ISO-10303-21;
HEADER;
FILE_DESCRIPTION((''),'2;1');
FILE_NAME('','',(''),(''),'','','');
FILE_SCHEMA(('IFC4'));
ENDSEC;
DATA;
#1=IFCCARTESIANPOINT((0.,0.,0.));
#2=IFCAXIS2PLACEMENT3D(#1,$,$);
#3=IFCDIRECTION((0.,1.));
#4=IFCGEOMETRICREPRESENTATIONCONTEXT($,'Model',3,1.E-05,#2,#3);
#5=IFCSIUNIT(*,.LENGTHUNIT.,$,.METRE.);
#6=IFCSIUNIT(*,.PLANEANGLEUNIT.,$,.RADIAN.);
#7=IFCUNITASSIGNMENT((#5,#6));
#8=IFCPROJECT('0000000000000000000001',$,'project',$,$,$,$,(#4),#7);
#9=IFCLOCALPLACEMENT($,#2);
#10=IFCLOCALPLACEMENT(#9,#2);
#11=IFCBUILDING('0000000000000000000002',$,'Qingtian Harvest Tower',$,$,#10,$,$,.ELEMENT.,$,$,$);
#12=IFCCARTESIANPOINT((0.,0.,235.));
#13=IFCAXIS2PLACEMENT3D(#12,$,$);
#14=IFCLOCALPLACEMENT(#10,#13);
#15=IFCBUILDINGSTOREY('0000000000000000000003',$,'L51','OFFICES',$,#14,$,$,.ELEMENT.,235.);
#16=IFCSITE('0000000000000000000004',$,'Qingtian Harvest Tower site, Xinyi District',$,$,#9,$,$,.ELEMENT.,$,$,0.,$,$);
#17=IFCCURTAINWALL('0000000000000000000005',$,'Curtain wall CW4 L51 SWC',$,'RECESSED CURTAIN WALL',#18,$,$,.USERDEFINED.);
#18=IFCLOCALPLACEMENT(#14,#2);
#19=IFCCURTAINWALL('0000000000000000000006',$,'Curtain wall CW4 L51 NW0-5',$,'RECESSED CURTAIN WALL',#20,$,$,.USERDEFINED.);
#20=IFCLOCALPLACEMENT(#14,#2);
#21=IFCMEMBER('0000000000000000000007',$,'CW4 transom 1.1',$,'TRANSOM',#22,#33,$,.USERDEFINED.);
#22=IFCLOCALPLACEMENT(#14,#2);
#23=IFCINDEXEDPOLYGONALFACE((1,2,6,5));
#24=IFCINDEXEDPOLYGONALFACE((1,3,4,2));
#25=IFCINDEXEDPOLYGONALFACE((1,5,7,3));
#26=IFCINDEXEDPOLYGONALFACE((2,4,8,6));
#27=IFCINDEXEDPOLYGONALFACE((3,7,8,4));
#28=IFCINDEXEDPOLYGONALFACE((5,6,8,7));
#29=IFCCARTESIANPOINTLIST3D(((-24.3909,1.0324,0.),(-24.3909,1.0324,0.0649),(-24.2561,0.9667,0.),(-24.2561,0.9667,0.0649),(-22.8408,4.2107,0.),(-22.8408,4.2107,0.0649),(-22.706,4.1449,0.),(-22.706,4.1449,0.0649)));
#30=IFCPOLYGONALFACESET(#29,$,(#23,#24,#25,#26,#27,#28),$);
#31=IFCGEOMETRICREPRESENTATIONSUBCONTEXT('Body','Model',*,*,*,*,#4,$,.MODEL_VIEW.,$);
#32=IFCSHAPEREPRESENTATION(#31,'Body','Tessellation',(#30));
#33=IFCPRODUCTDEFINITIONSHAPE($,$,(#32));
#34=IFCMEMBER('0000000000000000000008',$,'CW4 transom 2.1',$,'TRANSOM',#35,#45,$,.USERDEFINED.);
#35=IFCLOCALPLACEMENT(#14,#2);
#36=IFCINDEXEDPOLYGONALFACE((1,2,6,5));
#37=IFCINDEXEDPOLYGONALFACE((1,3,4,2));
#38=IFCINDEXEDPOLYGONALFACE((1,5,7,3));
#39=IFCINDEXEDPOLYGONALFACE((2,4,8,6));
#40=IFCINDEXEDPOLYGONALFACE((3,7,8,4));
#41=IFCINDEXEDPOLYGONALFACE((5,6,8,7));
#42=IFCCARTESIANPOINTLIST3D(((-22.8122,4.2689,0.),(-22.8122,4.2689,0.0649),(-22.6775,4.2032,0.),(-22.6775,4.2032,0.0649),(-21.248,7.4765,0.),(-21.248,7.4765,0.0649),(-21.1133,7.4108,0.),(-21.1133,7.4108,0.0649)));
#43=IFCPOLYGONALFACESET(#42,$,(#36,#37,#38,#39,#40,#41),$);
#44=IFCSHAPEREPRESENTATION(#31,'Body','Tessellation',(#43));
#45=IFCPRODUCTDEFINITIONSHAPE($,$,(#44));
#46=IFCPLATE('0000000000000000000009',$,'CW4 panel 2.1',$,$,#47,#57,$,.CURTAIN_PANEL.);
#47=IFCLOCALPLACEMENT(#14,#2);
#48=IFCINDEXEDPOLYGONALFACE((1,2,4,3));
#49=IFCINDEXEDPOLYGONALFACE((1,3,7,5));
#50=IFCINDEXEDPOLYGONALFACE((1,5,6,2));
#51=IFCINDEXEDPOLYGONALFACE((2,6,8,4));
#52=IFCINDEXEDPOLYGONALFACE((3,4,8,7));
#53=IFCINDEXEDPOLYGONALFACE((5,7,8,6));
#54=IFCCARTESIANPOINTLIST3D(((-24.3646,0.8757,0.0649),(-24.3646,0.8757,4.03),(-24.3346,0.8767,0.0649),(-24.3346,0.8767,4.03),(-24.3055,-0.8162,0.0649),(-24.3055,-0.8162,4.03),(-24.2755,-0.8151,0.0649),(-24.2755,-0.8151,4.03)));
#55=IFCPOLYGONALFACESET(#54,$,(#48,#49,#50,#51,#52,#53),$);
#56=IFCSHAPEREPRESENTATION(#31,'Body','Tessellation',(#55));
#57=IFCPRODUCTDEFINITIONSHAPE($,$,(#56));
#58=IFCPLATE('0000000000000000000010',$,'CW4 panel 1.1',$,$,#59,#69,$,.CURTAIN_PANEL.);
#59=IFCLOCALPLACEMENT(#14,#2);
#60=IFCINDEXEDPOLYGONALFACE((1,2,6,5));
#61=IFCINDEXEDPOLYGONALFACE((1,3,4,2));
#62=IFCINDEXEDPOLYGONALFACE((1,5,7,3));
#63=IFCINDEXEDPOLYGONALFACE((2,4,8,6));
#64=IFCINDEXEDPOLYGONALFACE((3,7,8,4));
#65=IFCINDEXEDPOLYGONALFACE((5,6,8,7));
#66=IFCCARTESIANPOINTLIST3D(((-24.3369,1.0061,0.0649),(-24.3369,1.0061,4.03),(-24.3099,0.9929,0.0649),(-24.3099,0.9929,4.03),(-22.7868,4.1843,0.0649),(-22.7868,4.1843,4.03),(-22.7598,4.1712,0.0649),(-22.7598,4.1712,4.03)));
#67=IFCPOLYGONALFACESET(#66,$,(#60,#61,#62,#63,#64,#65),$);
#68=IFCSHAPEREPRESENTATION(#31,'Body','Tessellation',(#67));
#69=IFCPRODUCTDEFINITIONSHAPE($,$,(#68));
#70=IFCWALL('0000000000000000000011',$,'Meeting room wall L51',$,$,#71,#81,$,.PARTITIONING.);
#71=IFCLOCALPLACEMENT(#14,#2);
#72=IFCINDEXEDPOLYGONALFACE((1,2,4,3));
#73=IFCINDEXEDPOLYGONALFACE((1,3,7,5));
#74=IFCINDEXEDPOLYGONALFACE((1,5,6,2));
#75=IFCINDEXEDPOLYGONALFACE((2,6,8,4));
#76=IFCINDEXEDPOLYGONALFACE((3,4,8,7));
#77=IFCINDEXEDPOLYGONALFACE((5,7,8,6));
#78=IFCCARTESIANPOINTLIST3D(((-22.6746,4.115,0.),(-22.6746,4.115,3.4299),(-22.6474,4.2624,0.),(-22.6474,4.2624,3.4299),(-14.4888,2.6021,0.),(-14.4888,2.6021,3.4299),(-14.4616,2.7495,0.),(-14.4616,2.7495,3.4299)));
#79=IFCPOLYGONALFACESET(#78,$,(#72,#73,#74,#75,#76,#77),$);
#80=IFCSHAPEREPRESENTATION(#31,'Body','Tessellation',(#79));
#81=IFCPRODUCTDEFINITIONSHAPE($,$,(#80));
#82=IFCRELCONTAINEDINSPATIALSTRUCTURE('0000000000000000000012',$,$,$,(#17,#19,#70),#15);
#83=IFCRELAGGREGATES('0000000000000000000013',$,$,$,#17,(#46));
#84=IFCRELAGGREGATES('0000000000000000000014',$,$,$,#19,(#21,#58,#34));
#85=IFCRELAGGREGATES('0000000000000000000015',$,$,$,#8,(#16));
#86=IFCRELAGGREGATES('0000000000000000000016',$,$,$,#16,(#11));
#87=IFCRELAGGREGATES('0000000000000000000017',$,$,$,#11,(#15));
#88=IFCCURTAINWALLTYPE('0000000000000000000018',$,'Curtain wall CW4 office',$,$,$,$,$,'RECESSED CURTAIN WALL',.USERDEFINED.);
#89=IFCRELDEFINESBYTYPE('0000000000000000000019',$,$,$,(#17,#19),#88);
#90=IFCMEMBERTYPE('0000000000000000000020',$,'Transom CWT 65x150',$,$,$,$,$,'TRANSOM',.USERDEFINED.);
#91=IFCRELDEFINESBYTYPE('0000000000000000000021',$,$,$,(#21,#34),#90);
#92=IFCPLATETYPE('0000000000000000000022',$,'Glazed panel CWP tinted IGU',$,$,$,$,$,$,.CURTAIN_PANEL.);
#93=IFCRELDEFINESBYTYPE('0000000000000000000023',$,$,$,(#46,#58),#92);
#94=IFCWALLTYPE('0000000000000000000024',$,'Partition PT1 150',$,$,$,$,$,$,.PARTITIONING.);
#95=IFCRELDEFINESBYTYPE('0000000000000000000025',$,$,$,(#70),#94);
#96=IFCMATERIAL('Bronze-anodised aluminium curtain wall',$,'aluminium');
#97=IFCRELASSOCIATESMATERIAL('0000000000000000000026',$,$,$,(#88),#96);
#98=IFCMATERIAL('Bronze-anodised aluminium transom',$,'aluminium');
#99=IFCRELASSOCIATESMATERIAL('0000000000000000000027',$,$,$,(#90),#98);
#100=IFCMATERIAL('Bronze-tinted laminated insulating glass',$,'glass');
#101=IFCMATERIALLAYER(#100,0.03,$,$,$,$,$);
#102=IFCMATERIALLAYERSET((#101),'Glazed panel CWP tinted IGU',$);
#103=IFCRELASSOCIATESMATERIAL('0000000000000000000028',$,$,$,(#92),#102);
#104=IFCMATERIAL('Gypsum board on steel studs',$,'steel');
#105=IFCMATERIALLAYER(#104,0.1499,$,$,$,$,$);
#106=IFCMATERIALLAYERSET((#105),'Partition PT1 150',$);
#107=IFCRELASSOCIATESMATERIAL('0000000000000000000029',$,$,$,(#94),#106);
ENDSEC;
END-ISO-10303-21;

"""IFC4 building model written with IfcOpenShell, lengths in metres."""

from ifc_helpers import new_model, si_unit, direction, frame, frame_2d, origin, origin_2d, place, context, subcontext, project, spatial, rectangle, extrude, material, layer, layer_set, material_profile, profile_set, type_object, element, aggregate, save


model = new_model("IFC4")

# Units and contexts
model_context = context("Model", 3, precision=1e-05, world=origin(), true_north=direction((0.0, 1.0)))
body_context = subcontext(model_context, "Body", "Model", "MODEL_VIEW")
ifc_project = project(units=[si_unit("LENGTHUNIT", "METRE"), si_unit("PLANEANGLEUNIT", "RADIAN")], contexts=[model_context])

# Site, building, storey
site_placement = place(None, origin())
site = spatial("IfcSite", under=ifc_project, at=site_placement, Name="Qingtian Harvest Tower site, Xinyi District", CompositionType="ELEMENT", RefElevation=0.0)
building_placement = place(site_placement, origin())
building = spatial("IfcBuilding", under=site, at=building_placement, Name="Qingtian Harvest Tower", CompositionType="ELEMENT")
storey_placement = place(building_placement, frame((0.0, 0.0, 235.0)))
storey = spatial("IfcBuildingStorey", under=building, at=storey_placement, Name="L51", Description="OFFICES", CompositionType="ELEMENT", Elevation=235.0)

# Curtain wall
ifc_material_1 = material(Name="Bronze-anodised aluminium curtain wall", Category="aluminium")
curtain_wall_type = type_object("IfcCurtainWallType", Name="Curtain wall CW4 office", ElementType="RECESSED CURTAIN WALL", PredefinedType="USERDEFINED", material=ifc_material_1)
curtain_wall_1_placement = place(storey_placement, origin())
curtain_wall_1 = element("IfcCurtainWall", 1, at=curtain_wall_1_placement, inside=storey, type_object=curtain_wall_type, Name="Curtain wall CW4 L51 SWC", ObjectType="RECESSED CURTAIN WALL", PredefinedType="USERDEFINED")

# Curtain wall
curtain_wall_2_placement = place(storey_placement, origin())
curtain_wall_2 = element("IfcCurtainWall", 2, at=curtain_wall_2_placement, inside=storey, type_object=curtain_wall_type, Name="Curtain wall CW4 L51 NW0-5", ObjectType="RECESSED CURTAIN WALL", PredefinedType="USERDEFINED")

# Members
ifc_material_2 = material(Name="Bronze-anodised aluminium transom", Category="aluminium")
ifc_material_profile_1 = material_profile(ifc_material_2, rectangle(XDim=0.1499, YDim=0.0649, at=origin_2d()), Name="AL 65x150")
ifc_profile_set_1 = profile_set([ifc_material_profile_1], Name="Bronze-anodised aluminium transom")
member_type_1 = type_object("IfcMemberType", Name="Transom CWT 65x150", ElementType="TRANSOM", PredefinedType="USERDEFINED", material=ifc_profile_set_1)
member_1_placement = place(storey_placement, frame((-24.3235, 0.9995, 0.0325), z_axis=(0.438354, 0.898802, 0.0), x_axis=(-0.898802, 0.438354, 0.0)))
member_1 = element("IfcMember", 3, at=member_1_placement, type_object=member_type_1, Name="CW4 transom 1.1", ObjectType="TRANSOM", PredefinedType="USERDEFINED", context=body_context, shape_type="SweptSolid", body=[
    extrude(rectangle(XDim=0.1499, YDim=0.0649, at=origin_2d()), origin(), (0.0, 0.0, 1.0), 3.5361),
])
member_2_placement = place(storey_placement, frame((-22.7449, 4.2361, 0.0325), z_axis=(0.438325, 0.898816, 0.0), x_axis=(-0.898816, 0.438325, 0.0)))
member_2 = element("IfcMember", 4, at=member_2_placement, type_object=member_type_1, Name="CW4 transom 2.1", ObjectType="TRANSOM", PredefinedType="USERDEFINED", context=body_context, shape_type="SweptSolid", body=[
    extrude(rectangle(XDim=0.1499, YDim=0.0649, at=origin_2d()), origin(), (0.0, 0.0, 1.0), 3.5686),
])

# Plates
ifc_material_3 = material(Name="Bronze-tinted laminated insulating glass", Category="glass")
ifc_layer_1 = layer(ifc_material_3, 0.03)
ifc_layer_set_1 = layer_set([ifc_layer_1], Name="Glazed panel CWP tinted IGU")
plate_type = type_object("IfcPlateType", Name="Glazed panel CWP tinted IGU", PredefinedType="CURTAIN_PANEL", material=ifc_layer_set_1)
plate_1_placement = place(storey_placement, frame((-24.3201, 0.0303, 0.0649), z_axis=(0.0, 0.0, 1.0), x_axis=(-0.034899, 0.999391, 0.0)))
plate_1 = element("IfcPlate", 5, at=plate_1_placement, type_object=plate_type, Name="CW4 panel 2.1", PredefinedType="CURTAIN_PANEL", context=body_context, shape_type="SweptSolid", body=[
    extrude(rectangle(XDim=1.6929, YDim=0.03, at=origin_2d()), origin(), (0.0, 0.0, 1.0), 3.9651),
])
aggregate(curtain_wall_1, [plate_1])
plate_2_placement = place(storey_placement, frame((-23.5483, 2.5886, 0.0649), z_axis=(0.0, 0.0, 1.0), x_axis=(0.438371, 0.898794, 0.0)))
plate_2 = element("IfcPlate", 6, at=plate_2_placement, type_object=plate_type, Name="CW4 panel 1.1", PredefinedType="CURTAIN_PANEL", context=body_context, shape_type="SweptSolid", body=[
    extrude(rectangle(XDim=3.5361, YDim=0.03, at=origin_2d()), origin(), (0.0, 0.0, 1.0), 3.9651),
])
aggregate(curtain_wall_2, [member_1, plate_2, member_2])

# Wall
ifc_material_4 = material(Name="Gypsum board on steel studs", Category="steel")
ifc_layer_2 = layer(ifc_material_4, 0.1499)
ifc_layer_set_2 = layer_set([ifc_layer_2], Name="Partition PT1 150")
wall_type = type_object("IfcWallType", Name="Partition PT1 150", PredefinedType="PARTITIONING", material=ifc_layer_set_2)
wall_placement = place(storey_placement, frame((-22.6609, 4.1887, 0.0), z_axis=(0.0, 0.0, 1.0), x_axis=(0.983345, -0.181747, 0.0)))
element("IfcWall", 7, at=wall_placement, inside=storey, type_object=wall_type, Name="Meeting room wall L51", PredefinedType="PARTITIONING", context=body_context, shape_type="SweptSolid", body=[
    extrude(rectangle(XDim=8.3245, YDim=0.1499, at=frame_2d((4.1621, 0.0))), origin(), (0.0, 0.0, 1.0), 3.4299),
])

save(model, "model.ifc")
